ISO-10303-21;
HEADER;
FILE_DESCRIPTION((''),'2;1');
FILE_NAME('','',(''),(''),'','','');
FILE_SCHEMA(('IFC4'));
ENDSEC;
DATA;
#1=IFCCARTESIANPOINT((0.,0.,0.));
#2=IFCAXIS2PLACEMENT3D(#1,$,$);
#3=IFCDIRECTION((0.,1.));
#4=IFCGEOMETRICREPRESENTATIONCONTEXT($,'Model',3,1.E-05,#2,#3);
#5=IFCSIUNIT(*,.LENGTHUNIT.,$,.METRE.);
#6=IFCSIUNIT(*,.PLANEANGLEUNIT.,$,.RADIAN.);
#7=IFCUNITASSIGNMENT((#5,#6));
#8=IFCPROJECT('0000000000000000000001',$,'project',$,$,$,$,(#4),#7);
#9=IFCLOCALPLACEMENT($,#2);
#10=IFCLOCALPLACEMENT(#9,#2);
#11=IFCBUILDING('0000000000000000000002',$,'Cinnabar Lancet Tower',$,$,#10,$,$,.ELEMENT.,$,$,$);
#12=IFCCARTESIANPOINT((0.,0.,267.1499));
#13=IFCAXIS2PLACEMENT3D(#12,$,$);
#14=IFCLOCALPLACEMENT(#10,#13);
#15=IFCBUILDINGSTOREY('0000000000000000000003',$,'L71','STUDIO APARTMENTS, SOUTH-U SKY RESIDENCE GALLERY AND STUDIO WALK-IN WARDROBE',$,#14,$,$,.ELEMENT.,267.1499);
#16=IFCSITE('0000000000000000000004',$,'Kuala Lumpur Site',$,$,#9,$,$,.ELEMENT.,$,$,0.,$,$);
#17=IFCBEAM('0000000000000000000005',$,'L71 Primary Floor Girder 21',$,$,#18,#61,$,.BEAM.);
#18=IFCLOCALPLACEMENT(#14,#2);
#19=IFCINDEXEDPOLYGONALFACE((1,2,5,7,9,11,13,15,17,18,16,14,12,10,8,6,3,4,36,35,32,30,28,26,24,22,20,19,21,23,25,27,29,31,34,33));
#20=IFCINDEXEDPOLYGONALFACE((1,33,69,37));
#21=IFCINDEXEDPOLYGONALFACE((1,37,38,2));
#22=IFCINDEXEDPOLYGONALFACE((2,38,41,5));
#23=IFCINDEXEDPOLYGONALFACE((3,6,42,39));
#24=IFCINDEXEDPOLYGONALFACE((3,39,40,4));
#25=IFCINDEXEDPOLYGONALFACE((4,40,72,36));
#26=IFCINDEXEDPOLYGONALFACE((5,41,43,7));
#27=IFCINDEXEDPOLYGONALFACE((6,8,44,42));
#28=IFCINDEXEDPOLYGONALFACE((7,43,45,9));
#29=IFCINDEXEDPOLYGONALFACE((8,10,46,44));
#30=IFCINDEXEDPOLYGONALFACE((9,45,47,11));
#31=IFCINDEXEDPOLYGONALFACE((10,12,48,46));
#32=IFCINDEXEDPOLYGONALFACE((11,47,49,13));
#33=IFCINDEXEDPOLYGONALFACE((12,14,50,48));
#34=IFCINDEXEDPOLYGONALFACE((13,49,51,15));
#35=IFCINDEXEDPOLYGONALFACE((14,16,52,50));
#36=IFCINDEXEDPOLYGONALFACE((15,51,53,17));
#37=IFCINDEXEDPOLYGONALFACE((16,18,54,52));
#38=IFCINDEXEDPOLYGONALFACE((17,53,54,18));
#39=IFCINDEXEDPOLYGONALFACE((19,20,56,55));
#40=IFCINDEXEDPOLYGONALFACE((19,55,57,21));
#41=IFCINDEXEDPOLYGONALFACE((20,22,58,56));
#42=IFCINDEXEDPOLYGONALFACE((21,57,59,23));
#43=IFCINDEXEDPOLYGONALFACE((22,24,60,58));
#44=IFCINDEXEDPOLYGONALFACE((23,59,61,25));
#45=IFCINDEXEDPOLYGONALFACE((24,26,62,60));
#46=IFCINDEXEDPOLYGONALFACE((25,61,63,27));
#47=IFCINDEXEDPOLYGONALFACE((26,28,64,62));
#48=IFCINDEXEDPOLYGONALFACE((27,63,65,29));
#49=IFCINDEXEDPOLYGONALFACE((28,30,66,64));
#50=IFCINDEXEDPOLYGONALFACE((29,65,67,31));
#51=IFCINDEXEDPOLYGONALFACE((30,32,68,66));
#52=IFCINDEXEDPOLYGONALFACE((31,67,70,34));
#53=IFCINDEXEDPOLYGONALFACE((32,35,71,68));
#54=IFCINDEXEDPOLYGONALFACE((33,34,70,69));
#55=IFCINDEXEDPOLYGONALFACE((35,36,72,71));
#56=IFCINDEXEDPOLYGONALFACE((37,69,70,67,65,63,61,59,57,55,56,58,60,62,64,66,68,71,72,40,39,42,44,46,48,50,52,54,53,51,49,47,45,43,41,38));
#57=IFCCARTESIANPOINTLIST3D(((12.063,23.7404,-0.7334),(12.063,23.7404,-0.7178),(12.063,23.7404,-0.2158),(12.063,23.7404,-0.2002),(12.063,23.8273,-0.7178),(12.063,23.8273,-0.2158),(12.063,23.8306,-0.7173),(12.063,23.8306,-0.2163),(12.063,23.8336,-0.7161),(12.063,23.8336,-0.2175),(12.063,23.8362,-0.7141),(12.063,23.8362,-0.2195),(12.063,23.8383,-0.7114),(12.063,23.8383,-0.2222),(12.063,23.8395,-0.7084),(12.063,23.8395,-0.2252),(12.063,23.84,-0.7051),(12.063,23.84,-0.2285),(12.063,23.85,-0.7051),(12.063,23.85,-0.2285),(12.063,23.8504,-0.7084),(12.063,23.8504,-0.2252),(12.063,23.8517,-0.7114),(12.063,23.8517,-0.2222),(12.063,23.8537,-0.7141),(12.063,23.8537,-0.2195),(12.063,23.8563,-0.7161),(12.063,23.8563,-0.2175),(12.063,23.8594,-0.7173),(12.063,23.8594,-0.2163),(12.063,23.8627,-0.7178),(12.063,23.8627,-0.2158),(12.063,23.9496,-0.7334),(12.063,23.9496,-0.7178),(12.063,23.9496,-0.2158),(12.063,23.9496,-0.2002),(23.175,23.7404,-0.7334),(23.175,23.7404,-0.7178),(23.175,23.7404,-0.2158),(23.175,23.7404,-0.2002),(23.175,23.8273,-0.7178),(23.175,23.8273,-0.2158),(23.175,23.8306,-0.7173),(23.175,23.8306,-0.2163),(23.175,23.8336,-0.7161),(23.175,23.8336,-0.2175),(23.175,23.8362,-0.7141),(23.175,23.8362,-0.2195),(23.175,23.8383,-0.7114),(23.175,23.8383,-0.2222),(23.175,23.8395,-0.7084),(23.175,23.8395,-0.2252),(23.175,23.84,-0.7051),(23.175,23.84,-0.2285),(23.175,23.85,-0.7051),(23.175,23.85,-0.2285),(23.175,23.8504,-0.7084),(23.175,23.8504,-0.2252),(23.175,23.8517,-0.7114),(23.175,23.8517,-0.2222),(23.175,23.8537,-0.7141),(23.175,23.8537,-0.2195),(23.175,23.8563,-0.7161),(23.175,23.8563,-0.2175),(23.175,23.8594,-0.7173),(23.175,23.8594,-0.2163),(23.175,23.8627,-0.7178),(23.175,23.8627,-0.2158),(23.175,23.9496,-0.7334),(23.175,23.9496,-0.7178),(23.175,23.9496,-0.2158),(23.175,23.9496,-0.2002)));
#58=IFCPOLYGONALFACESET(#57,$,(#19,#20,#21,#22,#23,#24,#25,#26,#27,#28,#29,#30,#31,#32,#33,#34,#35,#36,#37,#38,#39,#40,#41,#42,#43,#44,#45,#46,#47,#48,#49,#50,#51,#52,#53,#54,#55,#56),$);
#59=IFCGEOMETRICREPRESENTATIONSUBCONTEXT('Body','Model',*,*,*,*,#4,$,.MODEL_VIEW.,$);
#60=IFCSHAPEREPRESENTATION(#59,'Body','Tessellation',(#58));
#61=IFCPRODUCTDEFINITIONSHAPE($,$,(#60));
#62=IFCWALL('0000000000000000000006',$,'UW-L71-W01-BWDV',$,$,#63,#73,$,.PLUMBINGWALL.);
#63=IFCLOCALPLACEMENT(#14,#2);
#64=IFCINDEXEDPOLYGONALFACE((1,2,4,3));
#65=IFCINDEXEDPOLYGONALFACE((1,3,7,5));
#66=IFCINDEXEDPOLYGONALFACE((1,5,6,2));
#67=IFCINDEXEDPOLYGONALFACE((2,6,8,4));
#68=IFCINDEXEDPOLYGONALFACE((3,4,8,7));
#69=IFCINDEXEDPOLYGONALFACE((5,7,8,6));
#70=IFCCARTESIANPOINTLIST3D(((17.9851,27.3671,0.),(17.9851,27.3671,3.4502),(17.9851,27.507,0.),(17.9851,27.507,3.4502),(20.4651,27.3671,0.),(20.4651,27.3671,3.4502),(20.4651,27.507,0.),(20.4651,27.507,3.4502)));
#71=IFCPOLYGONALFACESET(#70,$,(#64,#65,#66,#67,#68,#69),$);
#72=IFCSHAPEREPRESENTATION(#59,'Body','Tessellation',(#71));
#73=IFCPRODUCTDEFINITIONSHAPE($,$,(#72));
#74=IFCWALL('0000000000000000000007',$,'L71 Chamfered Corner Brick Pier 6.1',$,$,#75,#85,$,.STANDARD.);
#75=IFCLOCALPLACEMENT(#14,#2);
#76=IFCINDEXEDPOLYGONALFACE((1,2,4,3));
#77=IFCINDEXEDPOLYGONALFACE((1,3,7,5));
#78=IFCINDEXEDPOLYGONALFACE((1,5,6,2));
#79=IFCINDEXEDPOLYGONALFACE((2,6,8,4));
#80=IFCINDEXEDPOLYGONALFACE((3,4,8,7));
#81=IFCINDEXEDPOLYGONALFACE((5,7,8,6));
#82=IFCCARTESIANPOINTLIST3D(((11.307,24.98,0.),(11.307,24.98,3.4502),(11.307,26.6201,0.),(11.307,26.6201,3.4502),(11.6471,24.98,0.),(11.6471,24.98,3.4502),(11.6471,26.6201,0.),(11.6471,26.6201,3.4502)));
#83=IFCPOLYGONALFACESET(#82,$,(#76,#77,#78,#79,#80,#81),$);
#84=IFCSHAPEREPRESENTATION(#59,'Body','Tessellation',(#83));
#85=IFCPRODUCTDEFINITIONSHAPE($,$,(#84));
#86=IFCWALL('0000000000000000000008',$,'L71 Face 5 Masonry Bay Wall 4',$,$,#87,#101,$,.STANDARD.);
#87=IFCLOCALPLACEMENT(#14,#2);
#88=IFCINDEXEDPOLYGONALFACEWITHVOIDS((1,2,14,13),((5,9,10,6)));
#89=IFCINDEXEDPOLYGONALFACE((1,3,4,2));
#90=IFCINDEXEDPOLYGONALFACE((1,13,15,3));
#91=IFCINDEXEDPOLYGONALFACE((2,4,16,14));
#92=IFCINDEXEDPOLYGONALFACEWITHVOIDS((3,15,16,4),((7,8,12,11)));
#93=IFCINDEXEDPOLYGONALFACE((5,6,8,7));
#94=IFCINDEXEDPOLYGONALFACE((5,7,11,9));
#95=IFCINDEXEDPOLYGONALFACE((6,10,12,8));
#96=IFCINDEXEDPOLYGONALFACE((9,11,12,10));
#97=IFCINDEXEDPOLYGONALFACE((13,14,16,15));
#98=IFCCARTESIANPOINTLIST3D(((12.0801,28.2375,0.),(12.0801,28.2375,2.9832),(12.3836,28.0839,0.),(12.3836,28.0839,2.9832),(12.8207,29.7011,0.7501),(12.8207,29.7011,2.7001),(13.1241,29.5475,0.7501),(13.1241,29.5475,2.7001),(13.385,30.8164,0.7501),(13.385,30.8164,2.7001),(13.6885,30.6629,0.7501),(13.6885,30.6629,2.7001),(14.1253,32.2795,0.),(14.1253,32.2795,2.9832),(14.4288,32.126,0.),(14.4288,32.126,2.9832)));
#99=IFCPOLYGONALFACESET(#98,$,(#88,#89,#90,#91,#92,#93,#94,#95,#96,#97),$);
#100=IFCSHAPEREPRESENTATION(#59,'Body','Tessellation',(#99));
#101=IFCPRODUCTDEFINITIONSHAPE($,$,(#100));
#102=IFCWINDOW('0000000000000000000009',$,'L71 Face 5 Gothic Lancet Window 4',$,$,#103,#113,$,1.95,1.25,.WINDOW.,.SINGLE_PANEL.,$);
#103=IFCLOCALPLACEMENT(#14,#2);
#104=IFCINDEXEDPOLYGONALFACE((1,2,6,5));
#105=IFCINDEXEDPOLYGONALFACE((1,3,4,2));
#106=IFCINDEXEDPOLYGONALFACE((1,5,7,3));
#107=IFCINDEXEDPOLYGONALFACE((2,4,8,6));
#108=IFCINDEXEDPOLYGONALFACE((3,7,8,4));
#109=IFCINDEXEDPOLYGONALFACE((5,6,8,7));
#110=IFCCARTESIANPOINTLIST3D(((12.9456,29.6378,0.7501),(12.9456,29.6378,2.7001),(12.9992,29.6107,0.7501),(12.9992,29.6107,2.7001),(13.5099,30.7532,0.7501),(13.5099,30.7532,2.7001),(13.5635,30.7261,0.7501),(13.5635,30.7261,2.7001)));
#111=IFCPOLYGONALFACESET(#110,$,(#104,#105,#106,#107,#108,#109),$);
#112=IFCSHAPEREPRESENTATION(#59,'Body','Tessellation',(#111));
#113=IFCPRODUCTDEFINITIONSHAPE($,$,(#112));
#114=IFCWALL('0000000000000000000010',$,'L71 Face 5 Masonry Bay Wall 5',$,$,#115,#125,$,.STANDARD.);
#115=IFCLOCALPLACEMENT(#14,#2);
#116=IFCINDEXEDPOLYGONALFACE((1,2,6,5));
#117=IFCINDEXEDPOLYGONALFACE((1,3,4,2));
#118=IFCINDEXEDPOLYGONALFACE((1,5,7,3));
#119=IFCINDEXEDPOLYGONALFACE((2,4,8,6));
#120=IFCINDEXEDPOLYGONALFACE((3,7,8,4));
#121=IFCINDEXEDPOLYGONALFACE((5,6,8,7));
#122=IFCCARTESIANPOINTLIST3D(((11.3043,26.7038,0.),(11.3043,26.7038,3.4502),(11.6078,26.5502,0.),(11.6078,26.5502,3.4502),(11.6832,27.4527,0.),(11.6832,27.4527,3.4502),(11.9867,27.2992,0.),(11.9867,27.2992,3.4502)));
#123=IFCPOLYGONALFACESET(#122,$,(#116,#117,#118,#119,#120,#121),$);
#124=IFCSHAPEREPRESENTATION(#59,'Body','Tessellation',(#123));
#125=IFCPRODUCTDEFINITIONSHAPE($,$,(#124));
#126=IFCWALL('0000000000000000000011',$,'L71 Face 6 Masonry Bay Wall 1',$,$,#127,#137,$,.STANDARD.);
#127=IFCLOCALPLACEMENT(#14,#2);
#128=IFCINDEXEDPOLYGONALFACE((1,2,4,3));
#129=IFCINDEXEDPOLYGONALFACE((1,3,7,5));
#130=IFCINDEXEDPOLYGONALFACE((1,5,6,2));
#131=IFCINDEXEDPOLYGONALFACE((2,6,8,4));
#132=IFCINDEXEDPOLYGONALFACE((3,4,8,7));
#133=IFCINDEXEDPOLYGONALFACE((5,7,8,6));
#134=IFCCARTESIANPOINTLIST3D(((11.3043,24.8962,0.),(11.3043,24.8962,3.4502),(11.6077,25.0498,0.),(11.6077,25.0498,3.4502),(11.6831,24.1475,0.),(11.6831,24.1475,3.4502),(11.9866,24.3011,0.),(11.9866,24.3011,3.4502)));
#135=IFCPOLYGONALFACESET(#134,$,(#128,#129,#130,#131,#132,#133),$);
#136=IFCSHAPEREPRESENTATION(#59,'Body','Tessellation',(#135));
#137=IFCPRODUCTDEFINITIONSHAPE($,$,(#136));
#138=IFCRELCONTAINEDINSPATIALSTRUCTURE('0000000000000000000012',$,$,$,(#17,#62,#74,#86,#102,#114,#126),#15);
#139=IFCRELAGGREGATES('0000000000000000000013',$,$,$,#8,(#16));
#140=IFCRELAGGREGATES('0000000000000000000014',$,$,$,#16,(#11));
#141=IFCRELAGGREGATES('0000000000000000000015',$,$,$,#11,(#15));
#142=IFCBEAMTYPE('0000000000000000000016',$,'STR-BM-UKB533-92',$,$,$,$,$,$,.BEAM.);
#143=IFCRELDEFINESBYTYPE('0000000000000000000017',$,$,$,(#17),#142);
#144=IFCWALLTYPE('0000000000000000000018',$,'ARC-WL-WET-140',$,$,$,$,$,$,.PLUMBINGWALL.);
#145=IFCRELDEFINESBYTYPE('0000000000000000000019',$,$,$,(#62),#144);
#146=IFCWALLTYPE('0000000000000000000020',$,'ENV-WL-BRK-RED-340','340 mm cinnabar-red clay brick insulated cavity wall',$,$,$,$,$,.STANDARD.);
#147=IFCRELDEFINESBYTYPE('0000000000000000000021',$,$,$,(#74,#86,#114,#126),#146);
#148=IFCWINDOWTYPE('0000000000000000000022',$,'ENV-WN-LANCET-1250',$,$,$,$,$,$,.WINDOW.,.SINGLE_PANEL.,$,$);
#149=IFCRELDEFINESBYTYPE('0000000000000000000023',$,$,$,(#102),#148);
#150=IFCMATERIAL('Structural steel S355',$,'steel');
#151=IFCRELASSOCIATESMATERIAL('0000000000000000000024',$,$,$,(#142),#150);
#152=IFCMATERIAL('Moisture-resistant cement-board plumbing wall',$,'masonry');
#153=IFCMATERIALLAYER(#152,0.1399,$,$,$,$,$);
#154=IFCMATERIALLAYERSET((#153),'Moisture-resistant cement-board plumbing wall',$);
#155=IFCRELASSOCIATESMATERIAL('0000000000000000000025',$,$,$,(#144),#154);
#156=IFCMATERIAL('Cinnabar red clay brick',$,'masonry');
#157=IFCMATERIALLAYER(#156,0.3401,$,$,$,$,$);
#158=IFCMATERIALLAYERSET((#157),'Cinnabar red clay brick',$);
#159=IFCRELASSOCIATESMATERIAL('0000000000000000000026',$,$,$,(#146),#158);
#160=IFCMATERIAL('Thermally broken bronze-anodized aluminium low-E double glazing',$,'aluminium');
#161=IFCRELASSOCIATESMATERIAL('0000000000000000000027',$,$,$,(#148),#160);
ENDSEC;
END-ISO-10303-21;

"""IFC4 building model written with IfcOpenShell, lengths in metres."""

from ifc_helpers import new_model, si_unit, direction, frame, frame_2d, origin, origin_2d, place, context, subcontext, project, spatial, rectangle, i_section, extrude, material, layer, layer_set, material_profile, profile_set, type_object, element, fill, save


model = new_model("IFC4")

# Units and contexts
model_context = context("Model", 3, precision=1e-05, world=origin(), true_north=direction((0.0, 1.0)))
body_context = subcontext(model_context, "Body", "Model", "MODEL_VIEW")
ifc_project = project(units=[si_unit("LENGTHUNIT", "METRE"), si_unit("PLANEANGLEUNIT", "RADIAN")], contexts=[model_context])

# Site, building, storey
site_placement = place(None, origin())
site = spatial("IfcSite", under=ifc_project, at=site_placement, Name="Kuala Lumpur Site", CompositionType="ELEMENT", RefElevation=0.0)
building_placement = place(site_placement, origin())
building = spatial("IfcBuilding", under=site, at=building_placement, Name="Cinnabar Lancet Tower", CompositionType="ELEMENT")
storey_placement = place(building_placement, frame((0.0, 0.0, 267.1499)))
storey = spatial("IfcBuildingStorey", under=building, at=storey_placement, Name="L71", Description="STUDIO APARTMENTS, SOUTH-U SKY RESIDENCE GALLERY AND STUDIO WALK-IN WARDROBE", CompositionType="ELEMENT", Elevation=267.1499)

# Beam
ifc_material_1 = material(Name="Structural steel S355", Category="steel")
ifc_material_profile_1 = material_profile(ifc_material_1, i_section(OverallWidth=0.2092, OverallDepth=0.5332, WebThickness=0.01, FlangeThickness=0.0156, FilletRadius=0.0127, at=origin_2d()), Name="UKB 533x210x92")
ifc_profile_set_1 = profile_set([ifc_material_profile_1], Name="Structural steel S355")
beam_type_1 = type_object("IfcBeamType", Name="STR-BM-UKB533-92", PredefinedType="BEAM", material=ifc_profile_set_1)
for number, where, z_axis, x_axis, name in (
    (1, (12.063, 23.845, -0.4668), (1.0, 0.0, 0.0), (0.0, 1.0, 0.0), "L71 Primary Floor Girder 21"),
):
    element("IfcBeam", number, at=place(storey_placement, frame(where, z_axis=z_axis, x_axis=x_axis)), inside=storey, type_object=beam_type_1, Name=name, PredefinedType="BEAM", context=body_context, shape_type="SweptSolid", body=[
        extrude(i_section(OverallWidth=0.2092, OverallDepth=0.5332, WebThickness=0.01, FlangeThickness=0.0156, FilletRadius=0.0127, at=origin_2d()), origin(), (0.0, 0.0, 1.0), 11.1121),
    ])

# Walls
ifc_material_2 = material(Name="Moisture-resistant cement-board plumbing wall", Category="masonry")
ifc_layer_1 = layer(ifc_material_2, 0.1399)
ifc_layer_set_1 = layer_set([ifc_layer_1], Name="Moisture-resistant cement-board plumbing wall")
wall_type_1 = type_object("IfcWallType", Name="ARC-WL-WET-140", PredefinedType="PLUMBINGWALL", material=ifc_layer_set_1)
wall_1_placement = place(storey_placement, frame((17.9851, 27.437, 0.0), z_axis=(0.0, 0.0, 1.0), x_axis=(1.0, 0.0, 0.0)))
element("IfcWall", 2, at=wall_1_placement, inside=storey, type_object=wall_type_1, Name="UW-L71-W01-BWDV", PredefinedType="PLUMBINGWALL", context=body_context, shape_type="SweptSolid", body=[
    extrude(rectangle(XDim=2.48, YDim=0.1399, at=frame_2d((1.24, 0.0))), origin(), (0.0, 0.0, 1.0), 3.4502),
])
ifc_material_3 = material(Name="Cinnabar red clay brick", Category="masonry")
ifc_layer_2 = layer(ifc_material_3, 0.3401)
ifc_layer_set_2 = layer_set([ifc_layer_2], Name="Cinnabar red clay brick")
wall_type_2 = type_object("IfcWallType", Name="ENV-WL-BRK-RED-340", Description="340 mm cinnabar-red clay brick insulated cavity wall", PredefinedType="STANDARD", material=ifc_layer_set_2)
wall_2_placement = place(storey_placement, frame((11.4771, 26.6201, 0.0), z_axis=(0.0, 0.0, 1.0), x_axis=(0.0, -1.0, 0.0)))
element("IfcWall", 3, at=wall_2_placement, inside=storey, type_object=wall_type_2, Name="L71 Chamfered Corner Brick Pier 6.1", PredefinedType="STANDARD", context=body_context, shape_type="SweptSolid", body=[
    extrude(rectangle(XDim=1.6401, YDim=0.3401, at=frame_2d((0.8201, 0.0))), origin(), (0.0, 0.0, 1.0), 3.4502),
])

# Wall, opening, window
wall_3_placement = place(storey_placement, frame((14.2771, 32.2029, 0.0), z_axis=(0.0, 0.0, 1.0), x_axis=(-0.451477, -0.892283, 0.0)))
wall_3 = element("IfcWall", 4, at=wall_3_placement, inside=storey, type_object=wall_type_2, Name="L71 Face 5 Masonry Bay Wall 4", PredefinedType="STANDARD", context=body_context, shape_type="SweptSolid", body=[
    extrude(rectangle(XDim=4.53, YDim=0.3401, at=frame_2d((2.2651, 0.0))), origin(), (0.0, 0.0, 1.0), 2.9832),
])
opening_placement = place(wall_3_placement, frame((1.6399, 0.0, 0.75)))
opening = element("IfcOpeningElement", 5, at=opening_placement, cuts=wall_3, PredefinedType="OPENING", context=body_context, shape_type="SweptSolid", body=[
    extrude(rectangle(XDim=1.25, YDim=1.95, at=frame_2d((0.625, 0.9751))), frame((0.0, 0.1799, 0.0), z_axis=(0.0, -1.0, 0.0), x_axis=(1.0, 0.0, 0.0)), (0.0, 0.0, 1.0), 0.3601),
])
ifc_material_4 = material(Name="Thermally broken bronze-anodized aluminium low-E double glazing", Category="aluminium")
window_type = type_object("IfcWindowType", Name="ENV-WN-LANCET-1250", PartitioningType="SINGLE_PANEL", PredefinedType="WINDOW", material=ifc_material_4)
window_placement = place(opening_placement, origin())
window = element("IfcWindow", 6, at=window_placement, inside=storey, type_object=window_type, Name="L71 Face 5 Gothic Lancet Window 4", OverallHeight=1.95, OverallWidth=1.25, PartitioningType="SINGLE_PANEL", PredefinedType="WINDOW", context=body_context, shape_type="SweptSolid", body=[
    extrude(rectangle(XDim=1.25, YDim=1.95, at=frame_2d((0.625, 0.9751))), frame((0.0, 0.03, 0.0), z_axis=(0.0, -1.0, 0.0), x_axis=(1.0, 0.0, 0.0)), (0.0, 0.0, 1.0), 0.0601),
])
fill(opening, window)

# Walls
wall_4_placement = place(storey_placement, frame((11.835, 27.376, 0.0), z_axis=(0.0, 0.0, 1.0), x_axis=(-0.451397, -0.892323, 0.0)))
element("IfcWall", 7, at=wall_4_placement, inside=storey, type_object=wall_type_2, Name="L71 Face 5 Masonry Bay Wall 5", PredefinedType="STANDARD", context=body_context, shape_type="SweptSolid", body=[
    extrude(rectangle(XDim=0.8394, YDim=0.3401, at=frame_2d((0.4197, 0.0))), origin(), (0.0, 0.0, 1.0), 3.4502),
])
wall_5_placement = place(storey_placement, frame((11.4561, 24.9729, 0.0), z_axis=(0.0, 0.0, 1.0), x_axis=(0.451514, -0.892264, 0.0)))
element("IfcWall", 8, at=wall_5_placement, inside=storey, type_object=wall_type_2, Name="L71 Face 6 Masonry Bay Wall 1", PredefinedType="STANDARD", context=body_context, shape_type="SweptSolid", body=[
    extrude(rectangle(XDim=0.8391, YDim=0.3401, at=frame_2d((0.4194, 0.0))), origin(), (0.0, 0.0, 1.0), 3.4502),
])

save(model, "model.ifc")
